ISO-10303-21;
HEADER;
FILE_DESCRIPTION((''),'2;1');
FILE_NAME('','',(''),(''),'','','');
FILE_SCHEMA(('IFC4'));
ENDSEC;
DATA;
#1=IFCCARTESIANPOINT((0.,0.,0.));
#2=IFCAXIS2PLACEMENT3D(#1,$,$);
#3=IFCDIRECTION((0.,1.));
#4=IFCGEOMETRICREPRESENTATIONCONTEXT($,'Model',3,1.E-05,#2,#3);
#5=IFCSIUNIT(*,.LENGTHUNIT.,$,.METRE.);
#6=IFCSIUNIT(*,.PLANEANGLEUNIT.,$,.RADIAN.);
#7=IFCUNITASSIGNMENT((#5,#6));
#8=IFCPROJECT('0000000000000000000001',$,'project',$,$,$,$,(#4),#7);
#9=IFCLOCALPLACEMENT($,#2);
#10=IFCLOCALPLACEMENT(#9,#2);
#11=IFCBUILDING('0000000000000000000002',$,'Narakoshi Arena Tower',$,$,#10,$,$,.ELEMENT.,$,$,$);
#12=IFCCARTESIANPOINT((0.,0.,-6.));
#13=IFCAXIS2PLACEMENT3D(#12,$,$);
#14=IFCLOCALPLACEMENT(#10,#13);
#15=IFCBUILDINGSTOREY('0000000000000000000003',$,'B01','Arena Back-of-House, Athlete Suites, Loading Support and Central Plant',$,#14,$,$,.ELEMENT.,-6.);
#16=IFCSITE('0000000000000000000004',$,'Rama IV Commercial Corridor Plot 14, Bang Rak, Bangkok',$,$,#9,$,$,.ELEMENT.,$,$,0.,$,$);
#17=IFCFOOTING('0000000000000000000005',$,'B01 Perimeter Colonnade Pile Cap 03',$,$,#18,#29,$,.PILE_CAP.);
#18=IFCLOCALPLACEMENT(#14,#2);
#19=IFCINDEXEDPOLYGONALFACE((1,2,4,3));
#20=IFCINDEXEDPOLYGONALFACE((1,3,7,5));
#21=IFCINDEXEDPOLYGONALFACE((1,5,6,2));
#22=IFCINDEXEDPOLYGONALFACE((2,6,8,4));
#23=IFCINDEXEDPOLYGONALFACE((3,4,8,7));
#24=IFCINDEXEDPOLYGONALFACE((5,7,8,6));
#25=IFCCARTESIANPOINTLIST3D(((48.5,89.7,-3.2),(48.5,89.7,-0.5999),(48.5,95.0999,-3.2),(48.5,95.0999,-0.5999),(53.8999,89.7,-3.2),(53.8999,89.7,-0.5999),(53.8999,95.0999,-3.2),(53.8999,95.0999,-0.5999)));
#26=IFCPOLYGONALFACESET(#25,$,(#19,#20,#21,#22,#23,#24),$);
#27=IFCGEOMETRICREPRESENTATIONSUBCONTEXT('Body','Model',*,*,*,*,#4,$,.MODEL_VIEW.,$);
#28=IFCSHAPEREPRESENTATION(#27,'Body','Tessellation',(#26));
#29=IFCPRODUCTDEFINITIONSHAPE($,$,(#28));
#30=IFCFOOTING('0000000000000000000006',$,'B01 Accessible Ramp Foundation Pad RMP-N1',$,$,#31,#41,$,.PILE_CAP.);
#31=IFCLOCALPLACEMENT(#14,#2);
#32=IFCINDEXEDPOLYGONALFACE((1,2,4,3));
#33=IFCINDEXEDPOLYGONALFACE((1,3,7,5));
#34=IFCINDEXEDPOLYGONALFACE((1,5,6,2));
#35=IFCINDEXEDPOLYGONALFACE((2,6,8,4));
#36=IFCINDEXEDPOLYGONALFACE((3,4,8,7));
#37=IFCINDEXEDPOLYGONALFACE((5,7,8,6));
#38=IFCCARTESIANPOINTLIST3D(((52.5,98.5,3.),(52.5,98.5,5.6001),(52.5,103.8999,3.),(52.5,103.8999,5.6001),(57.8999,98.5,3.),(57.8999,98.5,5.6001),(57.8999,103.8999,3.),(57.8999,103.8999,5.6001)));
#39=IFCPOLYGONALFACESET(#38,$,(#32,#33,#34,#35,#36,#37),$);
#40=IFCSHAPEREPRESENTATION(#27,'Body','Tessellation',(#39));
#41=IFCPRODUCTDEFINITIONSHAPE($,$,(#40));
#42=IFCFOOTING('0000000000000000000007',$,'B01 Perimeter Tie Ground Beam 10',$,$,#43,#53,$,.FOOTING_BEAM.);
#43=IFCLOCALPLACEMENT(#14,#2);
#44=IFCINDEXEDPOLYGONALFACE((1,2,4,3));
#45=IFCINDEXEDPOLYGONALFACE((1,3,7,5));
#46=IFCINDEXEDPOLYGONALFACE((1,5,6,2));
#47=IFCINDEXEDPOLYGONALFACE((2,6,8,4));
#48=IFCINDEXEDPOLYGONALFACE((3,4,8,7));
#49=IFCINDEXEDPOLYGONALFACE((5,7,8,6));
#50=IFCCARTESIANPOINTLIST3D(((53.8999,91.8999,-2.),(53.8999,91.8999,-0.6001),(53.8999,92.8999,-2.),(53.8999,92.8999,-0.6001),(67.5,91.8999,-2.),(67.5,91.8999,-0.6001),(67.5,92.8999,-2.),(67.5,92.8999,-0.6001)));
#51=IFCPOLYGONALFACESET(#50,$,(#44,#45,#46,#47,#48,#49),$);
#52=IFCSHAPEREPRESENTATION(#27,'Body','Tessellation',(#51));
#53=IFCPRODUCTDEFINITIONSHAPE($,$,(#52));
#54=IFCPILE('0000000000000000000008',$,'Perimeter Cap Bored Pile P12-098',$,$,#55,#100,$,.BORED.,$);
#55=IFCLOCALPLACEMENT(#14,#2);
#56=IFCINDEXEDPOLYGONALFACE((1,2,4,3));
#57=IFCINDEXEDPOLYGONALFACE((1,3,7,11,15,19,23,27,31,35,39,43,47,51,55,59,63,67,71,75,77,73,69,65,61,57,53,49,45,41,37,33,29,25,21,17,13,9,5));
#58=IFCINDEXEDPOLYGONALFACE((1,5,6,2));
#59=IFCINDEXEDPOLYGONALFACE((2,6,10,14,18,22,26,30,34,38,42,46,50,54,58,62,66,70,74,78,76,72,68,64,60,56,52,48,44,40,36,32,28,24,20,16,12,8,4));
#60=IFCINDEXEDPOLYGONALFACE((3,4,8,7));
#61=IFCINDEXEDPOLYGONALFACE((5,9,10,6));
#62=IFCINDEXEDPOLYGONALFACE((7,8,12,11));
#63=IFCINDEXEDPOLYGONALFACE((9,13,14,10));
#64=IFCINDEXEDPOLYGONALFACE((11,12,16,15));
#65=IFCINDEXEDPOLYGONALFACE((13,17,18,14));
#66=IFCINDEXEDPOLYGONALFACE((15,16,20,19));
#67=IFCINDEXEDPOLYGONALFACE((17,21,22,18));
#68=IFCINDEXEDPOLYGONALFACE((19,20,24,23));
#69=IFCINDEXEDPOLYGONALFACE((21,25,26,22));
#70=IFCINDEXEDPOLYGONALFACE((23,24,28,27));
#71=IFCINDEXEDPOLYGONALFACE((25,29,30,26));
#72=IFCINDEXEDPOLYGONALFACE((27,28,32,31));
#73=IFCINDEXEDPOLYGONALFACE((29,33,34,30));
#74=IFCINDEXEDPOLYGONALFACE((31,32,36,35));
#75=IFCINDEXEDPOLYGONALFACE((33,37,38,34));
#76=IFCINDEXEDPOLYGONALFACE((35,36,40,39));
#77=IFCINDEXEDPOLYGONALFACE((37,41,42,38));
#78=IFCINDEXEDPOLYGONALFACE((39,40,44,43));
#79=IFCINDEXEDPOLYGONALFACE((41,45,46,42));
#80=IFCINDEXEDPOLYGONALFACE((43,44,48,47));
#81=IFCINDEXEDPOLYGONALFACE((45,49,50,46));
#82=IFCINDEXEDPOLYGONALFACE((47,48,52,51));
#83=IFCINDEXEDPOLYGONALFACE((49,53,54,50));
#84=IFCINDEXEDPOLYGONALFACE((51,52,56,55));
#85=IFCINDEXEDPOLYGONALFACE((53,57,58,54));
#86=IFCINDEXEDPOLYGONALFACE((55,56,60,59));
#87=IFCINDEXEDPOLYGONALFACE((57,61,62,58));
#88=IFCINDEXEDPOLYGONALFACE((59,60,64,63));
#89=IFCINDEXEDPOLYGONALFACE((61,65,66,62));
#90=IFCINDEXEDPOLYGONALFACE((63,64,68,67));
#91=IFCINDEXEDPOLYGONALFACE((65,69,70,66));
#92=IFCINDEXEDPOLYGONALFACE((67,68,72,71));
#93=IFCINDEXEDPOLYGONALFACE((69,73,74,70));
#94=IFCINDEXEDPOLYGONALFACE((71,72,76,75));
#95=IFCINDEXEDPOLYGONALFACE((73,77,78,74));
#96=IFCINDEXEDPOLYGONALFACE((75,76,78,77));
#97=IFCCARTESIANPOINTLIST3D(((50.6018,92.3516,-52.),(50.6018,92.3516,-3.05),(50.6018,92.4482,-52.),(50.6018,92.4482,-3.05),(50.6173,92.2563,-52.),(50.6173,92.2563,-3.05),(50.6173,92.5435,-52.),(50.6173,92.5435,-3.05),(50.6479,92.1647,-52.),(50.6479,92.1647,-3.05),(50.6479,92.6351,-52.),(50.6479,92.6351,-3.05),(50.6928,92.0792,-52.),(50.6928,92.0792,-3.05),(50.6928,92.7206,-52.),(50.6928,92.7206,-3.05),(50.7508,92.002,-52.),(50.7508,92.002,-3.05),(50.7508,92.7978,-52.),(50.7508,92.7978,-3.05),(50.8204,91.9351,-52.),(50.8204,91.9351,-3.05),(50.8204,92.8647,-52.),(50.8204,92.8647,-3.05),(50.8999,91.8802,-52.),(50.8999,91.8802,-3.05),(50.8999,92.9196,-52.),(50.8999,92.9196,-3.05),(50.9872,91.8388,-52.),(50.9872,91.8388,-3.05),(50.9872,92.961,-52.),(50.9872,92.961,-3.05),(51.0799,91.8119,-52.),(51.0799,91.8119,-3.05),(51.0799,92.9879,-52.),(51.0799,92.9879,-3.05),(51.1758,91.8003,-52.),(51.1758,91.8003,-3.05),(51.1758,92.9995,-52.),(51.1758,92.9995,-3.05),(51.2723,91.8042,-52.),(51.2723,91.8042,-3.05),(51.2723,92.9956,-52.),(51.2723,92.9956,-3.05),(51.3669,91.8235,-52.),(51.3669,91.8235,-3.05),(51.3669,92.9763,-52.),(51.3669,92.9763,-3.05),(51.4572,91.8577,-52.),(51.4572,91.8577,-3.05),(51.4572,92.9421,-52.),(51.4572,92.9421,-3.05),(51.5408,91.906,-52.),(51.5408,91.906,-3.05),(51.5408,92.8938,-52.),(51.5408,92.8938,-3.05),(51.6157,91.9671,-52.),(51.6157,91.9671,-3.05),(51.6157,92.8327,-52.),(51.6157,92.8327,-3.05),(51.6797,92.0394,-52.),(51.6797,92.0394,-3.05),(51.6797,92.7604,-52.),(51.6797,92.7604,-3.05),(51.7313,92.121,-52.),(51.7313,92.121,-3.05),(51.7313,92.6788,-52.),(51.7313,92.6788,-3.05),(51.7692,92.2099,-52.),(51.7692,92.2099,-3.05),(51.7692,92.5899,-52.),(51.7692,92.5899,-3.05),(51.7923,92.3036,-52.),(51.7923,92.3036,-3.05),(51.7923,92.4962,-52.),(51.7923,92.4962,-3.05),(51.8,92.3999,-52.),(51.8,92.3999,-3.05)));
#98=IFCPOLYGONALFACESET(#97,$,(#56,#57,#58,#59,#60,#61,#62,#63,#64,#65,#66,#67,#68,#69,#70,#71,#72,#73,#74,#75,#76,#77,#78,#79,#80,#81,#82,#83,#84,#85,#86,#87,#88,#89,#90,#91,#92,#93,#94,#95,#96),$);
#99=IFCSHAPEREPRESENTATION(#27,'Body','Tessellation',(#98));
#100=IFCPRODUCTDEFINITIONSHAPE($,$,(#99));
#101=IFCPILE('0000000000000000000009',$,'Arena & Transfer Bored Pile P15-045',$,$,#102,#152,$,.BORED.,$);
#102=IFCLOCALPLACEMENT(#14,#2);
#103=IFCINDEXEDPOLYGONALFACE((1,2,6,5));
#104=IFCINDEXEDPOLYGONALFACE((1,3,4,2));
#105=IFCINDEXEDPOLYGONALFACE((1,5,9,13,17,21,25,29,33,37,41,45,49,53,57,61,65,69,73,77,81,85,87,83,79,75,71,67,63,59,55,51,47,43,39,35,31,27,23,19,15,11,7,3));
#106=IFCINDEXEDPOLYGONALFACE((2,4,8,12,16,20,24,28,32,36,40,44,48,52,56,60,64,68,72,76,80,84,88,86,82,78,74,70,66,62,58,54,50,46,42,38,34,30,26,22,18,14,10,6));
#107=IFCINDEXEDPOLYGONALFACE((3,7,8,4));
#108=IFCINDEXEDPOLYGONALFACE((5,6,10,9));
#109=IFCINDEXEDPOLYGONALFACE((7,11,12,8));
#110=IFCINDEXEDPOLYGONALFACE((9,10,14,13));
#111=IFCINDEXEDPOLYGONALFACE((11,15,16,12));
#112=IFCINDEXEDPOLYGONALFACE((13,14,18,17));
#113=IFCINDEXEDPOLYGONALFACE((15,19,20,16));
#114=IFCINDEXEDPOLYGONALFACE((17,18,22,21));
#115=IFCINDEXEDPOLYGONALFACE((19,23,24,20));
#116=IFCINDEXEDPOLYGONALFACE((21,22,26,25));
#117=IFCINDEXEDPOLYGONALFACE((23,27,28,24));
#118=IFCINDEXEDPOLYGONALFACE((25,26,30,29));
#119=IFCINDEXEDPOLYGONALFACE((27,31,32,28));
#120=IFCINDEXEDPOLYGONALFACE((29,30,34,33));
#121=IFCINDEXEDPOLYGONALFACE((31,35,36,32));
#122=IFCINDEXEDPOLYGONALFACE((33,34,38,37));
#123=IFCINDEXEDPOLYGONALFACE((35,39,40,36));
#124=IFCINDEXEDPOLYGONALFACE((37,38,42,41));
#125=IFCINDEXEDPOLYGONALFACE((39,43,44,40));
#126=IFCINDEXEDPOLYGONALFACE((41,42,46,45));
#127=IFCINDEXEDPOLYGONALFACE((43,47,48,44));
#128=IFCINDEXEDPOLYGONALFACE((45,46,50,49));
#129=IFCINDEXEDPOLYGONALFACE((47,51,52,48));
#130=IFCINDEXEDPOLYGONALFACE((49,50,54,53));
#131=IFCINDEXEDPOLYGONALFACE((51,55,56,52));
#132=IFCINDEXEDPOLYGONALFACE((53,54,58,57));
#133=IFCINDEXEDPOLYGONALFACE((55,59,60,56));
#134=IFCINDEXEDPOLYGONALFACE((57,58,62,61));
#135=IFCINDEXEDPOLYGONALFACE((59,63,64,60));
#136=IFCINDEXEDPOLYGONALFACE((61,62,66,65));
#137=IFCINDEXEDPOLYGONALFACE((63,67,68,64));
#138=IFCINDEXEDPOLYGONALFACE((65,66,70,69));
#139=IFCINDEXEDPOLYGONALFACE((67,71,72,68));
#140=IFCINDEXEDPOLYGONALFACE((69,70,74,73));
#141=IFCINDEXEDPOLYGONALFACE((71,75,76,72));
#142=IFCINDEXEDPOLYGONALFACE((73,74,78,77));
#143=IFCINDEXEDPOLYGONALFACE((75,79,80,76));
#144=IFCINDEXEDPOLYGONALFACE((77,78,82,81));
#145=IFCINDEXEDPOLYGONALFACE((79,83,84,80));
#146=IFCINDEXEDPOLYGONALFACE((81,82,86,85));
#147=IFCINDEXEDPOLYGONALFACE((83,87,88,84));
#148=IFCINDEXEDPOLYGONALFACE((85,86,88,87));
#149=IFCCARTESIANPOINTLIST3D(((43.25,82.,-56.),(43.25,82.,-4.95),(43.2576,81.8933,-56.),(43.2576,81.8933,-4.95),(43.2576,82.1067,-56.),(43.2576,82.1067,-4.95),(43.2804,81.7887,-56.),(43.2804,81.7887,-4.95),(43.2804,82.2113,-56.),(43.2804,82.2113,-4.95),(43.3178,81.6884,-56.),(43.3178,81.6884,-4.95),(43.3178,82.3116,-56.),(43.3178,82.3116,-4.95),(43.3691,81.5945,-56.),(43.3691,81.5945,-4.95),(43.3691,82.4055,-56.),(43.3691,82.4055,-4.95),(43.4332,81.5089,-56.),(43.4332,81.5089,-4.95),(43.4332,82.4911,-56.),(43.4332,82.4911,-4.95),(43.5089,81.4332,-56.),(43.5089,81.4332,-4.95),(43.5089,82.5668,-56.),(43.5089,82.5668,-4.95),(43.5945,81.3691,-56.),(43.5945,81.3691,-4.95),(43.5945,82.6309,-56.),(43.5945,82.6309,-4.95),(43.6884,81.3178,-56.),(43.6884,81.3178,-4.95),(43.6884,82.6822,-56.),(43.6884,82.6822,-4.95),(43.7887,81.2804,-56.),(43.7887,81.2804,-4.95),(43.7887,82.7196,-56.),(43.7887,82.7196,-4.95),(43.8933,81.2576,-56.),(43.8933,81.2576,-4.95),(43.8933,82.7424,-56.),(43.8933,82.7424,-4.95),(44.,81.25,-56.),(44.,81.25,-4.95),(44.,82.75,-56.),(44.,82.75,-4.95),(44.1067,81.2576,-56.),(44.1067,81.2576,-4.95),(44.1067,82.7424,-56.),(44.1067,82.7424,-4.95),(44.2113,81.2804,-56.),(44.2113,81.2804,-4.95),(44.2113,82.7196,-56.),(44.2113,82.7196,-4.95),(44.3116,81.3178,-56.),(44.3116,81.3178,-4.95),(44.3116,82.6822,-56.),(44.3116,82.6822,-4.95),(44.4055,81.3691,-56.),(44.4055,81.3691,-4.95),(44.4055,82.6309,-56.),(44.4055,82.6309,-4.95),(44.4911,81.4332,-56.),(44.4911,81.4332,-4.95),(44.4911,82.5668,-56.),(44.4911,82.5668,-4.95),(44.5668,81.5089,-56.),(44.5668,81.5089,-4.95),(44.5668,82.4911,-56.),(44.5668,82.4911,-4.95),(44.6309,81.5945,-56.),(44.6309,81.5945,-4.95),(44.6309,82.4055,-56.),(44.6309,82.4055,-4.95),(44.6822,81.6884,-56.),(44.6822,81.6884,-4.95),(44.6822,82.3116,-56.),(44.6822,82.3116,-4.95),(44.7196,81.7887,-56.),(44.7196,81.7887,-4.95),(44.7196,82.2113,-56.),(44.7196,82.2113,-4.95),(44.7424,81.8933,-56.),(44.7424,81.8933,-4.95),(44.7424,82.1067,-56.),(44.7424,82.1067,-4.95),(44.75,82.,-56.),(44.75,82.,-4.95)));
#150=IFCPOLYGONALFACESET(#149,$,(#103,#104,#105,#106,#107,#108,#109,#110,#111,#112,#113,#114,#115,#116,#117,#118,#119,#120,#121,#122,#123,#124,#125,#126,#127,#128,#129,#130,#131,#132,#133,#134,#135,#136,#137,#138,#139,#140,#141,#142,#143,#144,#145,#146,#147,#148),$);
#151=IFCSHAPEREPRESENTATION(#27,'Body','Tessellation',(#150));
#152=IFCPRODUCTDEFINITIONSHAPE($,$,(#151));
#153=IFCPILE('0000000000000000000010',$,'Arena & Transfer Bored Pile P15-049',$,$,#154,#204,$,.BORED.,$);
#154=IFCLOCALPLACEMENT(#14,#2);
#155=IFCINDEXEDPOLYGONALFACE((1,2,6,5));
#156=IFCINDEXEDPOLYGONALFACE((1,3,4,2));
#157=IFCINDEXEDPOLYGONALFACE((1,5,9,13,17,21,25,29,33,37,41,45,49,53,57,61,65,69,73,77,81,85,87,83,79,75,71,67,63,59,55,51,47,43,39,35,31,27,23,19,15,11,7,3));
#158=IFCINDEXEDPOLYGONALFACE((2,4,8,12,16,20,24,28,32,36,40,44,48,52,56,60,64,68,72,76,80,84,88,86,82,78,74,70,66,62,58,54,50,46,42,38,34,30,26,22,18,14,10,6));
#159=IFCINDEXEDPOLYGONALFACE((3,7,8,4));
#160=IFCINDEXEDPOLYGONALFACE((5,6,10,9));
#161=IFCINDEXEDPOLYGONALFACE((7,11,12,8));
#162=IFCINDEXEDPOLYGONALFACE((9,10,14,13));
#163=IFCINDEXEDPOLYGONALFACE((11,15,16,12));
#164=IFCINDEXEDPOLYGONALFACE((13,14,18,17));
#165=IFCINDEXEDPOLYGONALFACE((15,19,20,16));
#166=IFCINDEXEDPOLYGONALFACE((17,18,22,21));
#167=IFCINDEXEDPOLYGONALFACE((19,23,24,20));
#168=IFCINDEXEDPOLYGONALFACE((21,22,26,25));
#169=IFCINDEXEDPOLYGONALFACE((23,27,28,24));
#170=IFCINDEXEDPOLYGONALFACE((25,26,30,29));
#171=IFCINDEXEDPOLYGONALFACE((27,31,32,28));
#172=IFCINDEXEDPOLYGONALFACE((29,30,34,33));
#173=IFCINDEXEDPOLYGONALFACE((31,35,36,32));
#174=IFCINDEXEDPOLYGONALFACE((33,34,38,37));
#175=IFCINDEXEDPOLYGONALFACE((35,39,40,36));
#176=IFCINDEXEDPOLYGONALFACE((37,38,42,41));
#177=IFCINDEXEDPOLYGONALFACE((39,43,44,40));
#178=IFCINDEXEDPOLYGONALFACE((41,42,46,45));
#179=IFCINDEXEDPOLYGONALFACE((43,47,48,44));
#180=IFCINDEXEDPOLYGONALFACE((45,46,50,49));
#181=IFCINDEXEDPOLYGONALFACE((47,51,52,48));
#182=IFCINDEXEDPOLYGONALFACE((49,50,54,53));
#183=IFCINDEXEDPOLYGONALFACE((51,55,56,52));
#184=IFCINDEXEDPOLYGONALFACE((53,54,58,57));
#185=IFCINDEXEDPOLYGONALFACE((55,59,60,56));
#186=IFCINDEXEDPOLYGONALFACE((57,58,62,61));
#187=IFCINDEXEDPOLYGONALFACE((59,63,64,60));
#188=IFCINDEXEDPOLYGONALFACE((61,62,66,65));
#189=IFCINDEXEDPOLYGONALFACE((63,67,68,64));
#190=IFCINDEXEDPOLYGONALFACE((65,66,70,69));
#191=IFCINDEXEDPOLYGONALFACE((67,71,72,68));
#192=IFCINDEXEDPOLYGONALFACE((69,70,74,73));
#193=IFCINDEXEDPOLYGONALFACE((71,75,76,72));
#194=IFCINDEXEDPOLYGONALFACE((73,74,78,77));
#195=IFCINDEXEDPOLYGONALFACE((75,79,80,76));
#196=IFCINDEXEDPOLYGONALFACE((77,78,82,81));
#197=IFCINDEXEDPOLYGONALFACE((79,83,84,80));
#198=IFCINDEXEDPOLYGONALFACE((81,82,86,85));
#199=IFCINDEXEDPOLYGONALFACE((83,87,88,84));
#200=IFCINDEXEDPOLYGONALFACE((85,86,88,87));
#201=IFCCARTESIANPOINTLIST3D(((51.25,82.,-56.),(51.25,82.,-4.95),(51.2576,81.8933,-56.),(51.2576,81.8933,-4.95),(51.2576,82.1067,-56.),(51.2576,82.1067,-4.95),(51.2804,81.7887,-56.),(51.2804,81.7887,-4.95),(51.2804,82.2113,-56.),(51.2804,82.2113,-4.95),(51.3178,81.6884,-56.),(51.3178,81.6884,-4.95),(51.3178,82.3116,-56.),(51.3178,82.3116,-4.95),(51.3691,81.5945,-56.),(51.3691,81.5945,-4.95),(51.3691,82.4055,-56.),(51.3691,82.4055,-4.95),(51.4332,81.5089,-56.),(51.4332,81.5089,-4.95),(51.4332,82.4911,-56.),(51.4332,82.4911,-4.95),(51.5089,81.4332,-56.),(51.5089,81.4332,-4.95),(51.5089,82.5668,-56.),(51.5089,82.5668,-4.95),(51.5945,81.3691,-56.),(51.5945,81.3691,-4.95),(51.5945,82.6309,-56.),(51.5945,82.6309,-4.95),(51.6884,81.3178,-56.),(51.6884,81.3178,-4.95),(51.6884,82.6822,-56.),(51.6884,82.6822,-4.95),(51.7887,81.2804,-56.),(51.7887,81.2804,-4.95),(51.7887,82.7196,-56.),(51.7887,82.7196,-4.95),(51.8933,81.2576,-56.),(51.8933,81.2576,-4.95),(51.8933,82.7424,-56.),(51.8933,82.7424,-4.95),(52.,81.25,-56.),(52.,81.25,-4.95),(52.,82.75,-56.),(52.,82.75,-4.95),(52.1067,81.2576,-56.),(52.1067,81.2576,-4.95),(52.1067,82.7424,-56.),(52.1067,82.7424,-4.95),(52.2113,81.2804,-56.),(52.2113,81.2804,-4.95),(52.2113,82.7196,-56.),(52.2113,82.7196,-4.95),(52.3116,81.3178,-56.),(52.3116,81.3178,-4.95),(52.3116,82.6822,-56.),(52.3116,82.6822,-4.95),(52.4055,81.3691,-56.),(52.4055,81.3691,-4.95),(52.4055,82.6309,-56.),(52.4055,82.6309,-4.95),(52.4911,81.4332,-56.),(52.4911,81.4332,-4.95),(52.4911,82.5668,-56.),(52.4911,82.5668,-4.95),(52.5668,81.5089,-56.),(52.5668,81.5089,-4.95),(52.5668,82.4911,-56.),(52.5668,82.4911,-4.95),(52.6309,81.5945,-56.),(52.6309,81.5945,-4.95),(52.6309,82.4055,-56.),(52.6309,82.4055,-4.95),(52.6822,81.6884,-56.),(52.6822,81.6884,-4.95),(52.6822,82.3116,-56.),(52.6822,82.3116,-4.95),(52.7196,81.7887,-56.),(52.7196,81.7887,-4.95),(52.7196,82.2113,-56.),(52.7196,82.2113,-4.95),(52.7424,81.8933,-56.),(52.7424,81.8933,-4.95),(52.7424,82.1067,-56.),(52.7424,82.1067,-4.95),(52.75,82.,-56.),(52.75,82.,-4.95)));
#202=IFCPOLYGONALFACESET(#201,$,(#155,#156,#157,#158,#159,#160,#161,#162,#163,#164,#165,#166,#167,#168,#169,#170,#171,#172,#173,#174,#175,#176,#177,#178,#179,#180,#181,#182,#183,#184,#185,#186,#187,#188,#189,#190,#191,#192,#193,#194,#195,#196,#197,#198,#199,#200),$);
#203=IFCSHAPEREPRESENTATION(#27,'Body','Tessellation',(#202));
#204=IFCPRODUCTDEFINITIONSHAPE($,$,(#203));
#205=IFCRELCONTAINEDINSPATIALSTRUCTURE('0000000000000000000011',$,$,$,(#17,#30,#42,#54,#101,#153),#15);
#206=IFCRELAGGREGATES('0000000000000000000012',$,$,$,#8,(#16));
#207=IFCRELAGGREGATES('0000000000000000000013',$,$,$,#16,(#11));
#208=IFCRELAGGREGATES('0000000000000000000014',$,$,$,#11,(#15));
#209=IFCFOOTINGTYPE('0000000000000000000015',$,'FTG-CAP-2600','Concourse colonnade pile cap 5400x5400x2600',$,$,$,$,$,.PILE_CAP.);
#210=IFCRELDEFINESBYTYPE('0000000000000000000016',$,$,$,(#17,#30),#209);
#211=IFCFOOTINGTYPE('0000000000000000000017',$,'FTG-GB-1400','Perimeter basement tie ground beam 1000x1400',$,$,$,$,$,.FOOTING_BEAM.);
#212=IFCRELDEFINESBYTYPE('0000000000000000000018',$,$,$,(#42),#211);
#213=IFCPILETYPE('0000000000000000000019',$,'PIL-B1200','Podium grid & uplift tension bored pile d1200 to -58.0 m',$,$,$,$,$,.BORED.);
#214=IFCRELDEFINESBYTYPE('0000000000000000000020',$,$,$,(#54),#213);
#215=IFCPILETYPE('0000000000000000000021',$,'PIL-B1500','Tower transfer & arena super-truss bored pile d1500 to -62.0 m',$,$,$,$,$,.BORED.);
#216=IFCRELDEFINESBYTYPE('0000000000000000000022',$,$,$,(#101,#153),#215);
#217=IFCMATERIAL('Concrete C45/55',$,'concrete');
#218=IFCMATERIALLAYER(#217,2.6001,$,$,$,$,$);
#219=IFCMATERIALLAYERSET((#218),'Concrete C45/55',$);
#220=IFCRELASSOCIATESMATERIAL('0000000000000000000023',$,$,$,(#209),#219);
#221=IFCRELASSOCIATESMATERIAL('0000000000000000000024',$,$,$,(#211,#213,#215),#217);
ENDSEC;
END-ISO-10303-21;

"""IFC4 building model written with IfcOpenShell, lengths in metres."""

from ifc_helpers import new_model, si_unit, direction, frame, origin, origin_2d, place, context, subcontext, project, spatial, rectangle, circle, extrude, material, layer, layer_set, material_profile, profile_set, type_object, element, save


model = new_model("IFC4")

# Units and contexts
model_context = context("Model", 3, precision=1e-05, world=origin(), true_north=direction((0.0, 1.0)))
body_context = subcontext(model_context, "Body", "Model", "MODEL_VIEW")
ifc_project = project(units=[si_unit("LENGTHUNIT", "METRE"), si_unit("PLANEANGLEUNIT", "RADIAN")], contexts=[model_context])

# Site, building, storey
site_placement = place(None, origin())
site = spatial("IfcSite", under=ifc_project, at=site_placement, Name="Rama IV Commercial Corridor Plot 14, Bang Rak, Bangkok", CompositionType="ELEMENT", RefElevation=0.0)
building_placement = place(site_placement, origin())
building = spatial("IfcBuilding", under=site, at=building_placement, Name="Narakoshi Arena Tower", CompositionType="ELEMENT")
storey_placement = place(building_placement, frame((0.0, 0.0, -6.0)))
storey = spatial("IfcBuildingStorey", under=building, at=storey_placement, Name="B01", Description="Arena Back-of-House, Athlete Suites, Loading Support and Central Plant", CompositionType="ELEMENT", Elevation=-6.0)

# Footings
ifc_material_1 = material(Name="Concrete C45/55", Category="concrete")
ifc_layer_1 = layer(ifc_material_1, 2.6001)
ifc_layer_set_1 = layer_set([ifc_layer_1], Name="Concrete C45/55")
footing_type_1 = type_object("IfcFootingType", Name="FTG-CAP-2600", Description="Concourse colonnade pile cap 5400x5400x2600", PredefinedType="PILE_CAP", material=ifc_layer_set_1)
for number, where, z_axis, x_axis, name in (
    (1, (51.2, 92.3999, -3.2), (0.0, 0.0, 1.0), (1.0, 0.0, 0.0), "B01 Perimeter Colonnade Pile Cap 03"),
    (2, (55.2, 101.2, 3.0), (0.0, 0.0, 1.0), (1.0, 0.0, 0.0), "B01 Accessible Ramp Foundation Pad RMP-N1"),
):
    element("IfcFooting", number, at=place(storey_placement, frame(where, z_axis=z_axis, x_axis=x_axis)), inside=storey, type_object=footing_type_1, Name=name, PredefinedType="PILE_CAP", context=body_context, shape_type="SweptSolid", body=[
        extrude(rectangle(XDim=5.3999, YDim=5.3999, at=origin_2d()), origin(), (0.0, 0.0, 1.0), 2.6001),
    ])
ifc_material_profile_1 = material_profile(ifc_material_1, rectangle(XDim=1.0, YDim=1.3999, at=origin_2d()), Name="RGB1000x1400")
ifc_profile_set_1 = profile_set([ifc_material_profile_1], Name="Concrete C45/55")
footing_type_2 = type_object("IfcFootingType", Name="FTG-GB-1400", Description="Perimeter basement tie ground beam 1000x1400", PredefinedType="FOOTING_BEAM", material=ifc_profile_set_1)
footing_placement = place(storey_placement, frame((53.8999, 92.3999, -1.3), z_axis=(1.0, 0.0, 0.0), x_axis=(0.0, 1.0, 0.0)))
element("IfcFooting", 3, at=footing_placement, inside=storey, type_object=footing_type_2, Name="B01 Perimeter Tie Ground Beam 10", PredefinedType="FOOTING_BEAM", context=body_context, shape_type="SweptSolid", body=[
    extrude(rectangle(XDim=1.0, YDim=1.3999, at=origin_2d()), origin(), (0.0, 0.0, 1.0), 13.6001),
])

# Piles
ifc_material_profile_2 = material_profile(ifc_material_1, circle(Radius=0.6001, at=origin_2d()), Name="PILE-D1200")
ifc_profile_set_2 = profile_set([ifc_material_profile_2], Name="Concrete C45/55")
pile_type_1 = type_object("IfcPileType", Name="PIL-B1200", Description="Podium grid & uplift tension bored pile d1200 to -58.0 m", PredefinedType="BORED", material=ifc_profile_set_2)
pile_1_placement = place(storey_placement, frame((51.2, 92.3999, -3.05), z_axis=(0.0, 0.0, -1.0), x_axis=(1.0, 0.0, 0.0)))
element("IfcPile", 4, at=pile_1_placement, inside=storey, type_object=pile_type_1, Name="Perimeter Cap Bored Pile P12-098", PredefinedType="BORED", context=body_context, shape_type="SweptSolid", body=[
    extrude(circle(Radius=0.6001, at=origin_2d()), origin(), (0.0, 0.0, 1.0), 48.95),
])
ifc_material_profile_3 = material_profile(ifc_material_1, circle(Radius=0.75, at=origin_2d()), Name="PILE-D1500")
ifc_profile_set_3 = profile_set([ifc_material_profile_3], Name="Concrete C45/55")
pile_type_2 = type_object("IfcPileType", Name="PIL-B1500", Description="Tower transfer & arena super-truss bored pile d1500 to -62.0 m", PredefinedType="BORED", material=ifc_profile_set_3)
for number, where, z_axis, x_axis, name in (
    (5, (44.0, 82.0, -4.95), (0.0, 0.0, -1.0), (1.0, 0.0, 0.0), "Arena & Transfer Bored Pile P15-045"),
    (6, (52.0, 82.0, -4.95), (0.0, 0.0, -1.0), (1.0, 0.0, 0.0), "Arena & Transfer Bored Pile P15-049"),
):
    element("IfcPile", number, at=place(storey_placement, frame(where, z_axis=z_axis, x_axis=x_axis)), inside=storey, type_object=pile_type_2, Name=name, PredefinedType="BORED", context=body_context, shape_type="SweptSolid", body=[
        extrude(circle(Radius=0.75, at=origin_2d()), origin(), (0.0, 0.0, 1.0), 51.05),
    ])

save(model, "model.ifc")
